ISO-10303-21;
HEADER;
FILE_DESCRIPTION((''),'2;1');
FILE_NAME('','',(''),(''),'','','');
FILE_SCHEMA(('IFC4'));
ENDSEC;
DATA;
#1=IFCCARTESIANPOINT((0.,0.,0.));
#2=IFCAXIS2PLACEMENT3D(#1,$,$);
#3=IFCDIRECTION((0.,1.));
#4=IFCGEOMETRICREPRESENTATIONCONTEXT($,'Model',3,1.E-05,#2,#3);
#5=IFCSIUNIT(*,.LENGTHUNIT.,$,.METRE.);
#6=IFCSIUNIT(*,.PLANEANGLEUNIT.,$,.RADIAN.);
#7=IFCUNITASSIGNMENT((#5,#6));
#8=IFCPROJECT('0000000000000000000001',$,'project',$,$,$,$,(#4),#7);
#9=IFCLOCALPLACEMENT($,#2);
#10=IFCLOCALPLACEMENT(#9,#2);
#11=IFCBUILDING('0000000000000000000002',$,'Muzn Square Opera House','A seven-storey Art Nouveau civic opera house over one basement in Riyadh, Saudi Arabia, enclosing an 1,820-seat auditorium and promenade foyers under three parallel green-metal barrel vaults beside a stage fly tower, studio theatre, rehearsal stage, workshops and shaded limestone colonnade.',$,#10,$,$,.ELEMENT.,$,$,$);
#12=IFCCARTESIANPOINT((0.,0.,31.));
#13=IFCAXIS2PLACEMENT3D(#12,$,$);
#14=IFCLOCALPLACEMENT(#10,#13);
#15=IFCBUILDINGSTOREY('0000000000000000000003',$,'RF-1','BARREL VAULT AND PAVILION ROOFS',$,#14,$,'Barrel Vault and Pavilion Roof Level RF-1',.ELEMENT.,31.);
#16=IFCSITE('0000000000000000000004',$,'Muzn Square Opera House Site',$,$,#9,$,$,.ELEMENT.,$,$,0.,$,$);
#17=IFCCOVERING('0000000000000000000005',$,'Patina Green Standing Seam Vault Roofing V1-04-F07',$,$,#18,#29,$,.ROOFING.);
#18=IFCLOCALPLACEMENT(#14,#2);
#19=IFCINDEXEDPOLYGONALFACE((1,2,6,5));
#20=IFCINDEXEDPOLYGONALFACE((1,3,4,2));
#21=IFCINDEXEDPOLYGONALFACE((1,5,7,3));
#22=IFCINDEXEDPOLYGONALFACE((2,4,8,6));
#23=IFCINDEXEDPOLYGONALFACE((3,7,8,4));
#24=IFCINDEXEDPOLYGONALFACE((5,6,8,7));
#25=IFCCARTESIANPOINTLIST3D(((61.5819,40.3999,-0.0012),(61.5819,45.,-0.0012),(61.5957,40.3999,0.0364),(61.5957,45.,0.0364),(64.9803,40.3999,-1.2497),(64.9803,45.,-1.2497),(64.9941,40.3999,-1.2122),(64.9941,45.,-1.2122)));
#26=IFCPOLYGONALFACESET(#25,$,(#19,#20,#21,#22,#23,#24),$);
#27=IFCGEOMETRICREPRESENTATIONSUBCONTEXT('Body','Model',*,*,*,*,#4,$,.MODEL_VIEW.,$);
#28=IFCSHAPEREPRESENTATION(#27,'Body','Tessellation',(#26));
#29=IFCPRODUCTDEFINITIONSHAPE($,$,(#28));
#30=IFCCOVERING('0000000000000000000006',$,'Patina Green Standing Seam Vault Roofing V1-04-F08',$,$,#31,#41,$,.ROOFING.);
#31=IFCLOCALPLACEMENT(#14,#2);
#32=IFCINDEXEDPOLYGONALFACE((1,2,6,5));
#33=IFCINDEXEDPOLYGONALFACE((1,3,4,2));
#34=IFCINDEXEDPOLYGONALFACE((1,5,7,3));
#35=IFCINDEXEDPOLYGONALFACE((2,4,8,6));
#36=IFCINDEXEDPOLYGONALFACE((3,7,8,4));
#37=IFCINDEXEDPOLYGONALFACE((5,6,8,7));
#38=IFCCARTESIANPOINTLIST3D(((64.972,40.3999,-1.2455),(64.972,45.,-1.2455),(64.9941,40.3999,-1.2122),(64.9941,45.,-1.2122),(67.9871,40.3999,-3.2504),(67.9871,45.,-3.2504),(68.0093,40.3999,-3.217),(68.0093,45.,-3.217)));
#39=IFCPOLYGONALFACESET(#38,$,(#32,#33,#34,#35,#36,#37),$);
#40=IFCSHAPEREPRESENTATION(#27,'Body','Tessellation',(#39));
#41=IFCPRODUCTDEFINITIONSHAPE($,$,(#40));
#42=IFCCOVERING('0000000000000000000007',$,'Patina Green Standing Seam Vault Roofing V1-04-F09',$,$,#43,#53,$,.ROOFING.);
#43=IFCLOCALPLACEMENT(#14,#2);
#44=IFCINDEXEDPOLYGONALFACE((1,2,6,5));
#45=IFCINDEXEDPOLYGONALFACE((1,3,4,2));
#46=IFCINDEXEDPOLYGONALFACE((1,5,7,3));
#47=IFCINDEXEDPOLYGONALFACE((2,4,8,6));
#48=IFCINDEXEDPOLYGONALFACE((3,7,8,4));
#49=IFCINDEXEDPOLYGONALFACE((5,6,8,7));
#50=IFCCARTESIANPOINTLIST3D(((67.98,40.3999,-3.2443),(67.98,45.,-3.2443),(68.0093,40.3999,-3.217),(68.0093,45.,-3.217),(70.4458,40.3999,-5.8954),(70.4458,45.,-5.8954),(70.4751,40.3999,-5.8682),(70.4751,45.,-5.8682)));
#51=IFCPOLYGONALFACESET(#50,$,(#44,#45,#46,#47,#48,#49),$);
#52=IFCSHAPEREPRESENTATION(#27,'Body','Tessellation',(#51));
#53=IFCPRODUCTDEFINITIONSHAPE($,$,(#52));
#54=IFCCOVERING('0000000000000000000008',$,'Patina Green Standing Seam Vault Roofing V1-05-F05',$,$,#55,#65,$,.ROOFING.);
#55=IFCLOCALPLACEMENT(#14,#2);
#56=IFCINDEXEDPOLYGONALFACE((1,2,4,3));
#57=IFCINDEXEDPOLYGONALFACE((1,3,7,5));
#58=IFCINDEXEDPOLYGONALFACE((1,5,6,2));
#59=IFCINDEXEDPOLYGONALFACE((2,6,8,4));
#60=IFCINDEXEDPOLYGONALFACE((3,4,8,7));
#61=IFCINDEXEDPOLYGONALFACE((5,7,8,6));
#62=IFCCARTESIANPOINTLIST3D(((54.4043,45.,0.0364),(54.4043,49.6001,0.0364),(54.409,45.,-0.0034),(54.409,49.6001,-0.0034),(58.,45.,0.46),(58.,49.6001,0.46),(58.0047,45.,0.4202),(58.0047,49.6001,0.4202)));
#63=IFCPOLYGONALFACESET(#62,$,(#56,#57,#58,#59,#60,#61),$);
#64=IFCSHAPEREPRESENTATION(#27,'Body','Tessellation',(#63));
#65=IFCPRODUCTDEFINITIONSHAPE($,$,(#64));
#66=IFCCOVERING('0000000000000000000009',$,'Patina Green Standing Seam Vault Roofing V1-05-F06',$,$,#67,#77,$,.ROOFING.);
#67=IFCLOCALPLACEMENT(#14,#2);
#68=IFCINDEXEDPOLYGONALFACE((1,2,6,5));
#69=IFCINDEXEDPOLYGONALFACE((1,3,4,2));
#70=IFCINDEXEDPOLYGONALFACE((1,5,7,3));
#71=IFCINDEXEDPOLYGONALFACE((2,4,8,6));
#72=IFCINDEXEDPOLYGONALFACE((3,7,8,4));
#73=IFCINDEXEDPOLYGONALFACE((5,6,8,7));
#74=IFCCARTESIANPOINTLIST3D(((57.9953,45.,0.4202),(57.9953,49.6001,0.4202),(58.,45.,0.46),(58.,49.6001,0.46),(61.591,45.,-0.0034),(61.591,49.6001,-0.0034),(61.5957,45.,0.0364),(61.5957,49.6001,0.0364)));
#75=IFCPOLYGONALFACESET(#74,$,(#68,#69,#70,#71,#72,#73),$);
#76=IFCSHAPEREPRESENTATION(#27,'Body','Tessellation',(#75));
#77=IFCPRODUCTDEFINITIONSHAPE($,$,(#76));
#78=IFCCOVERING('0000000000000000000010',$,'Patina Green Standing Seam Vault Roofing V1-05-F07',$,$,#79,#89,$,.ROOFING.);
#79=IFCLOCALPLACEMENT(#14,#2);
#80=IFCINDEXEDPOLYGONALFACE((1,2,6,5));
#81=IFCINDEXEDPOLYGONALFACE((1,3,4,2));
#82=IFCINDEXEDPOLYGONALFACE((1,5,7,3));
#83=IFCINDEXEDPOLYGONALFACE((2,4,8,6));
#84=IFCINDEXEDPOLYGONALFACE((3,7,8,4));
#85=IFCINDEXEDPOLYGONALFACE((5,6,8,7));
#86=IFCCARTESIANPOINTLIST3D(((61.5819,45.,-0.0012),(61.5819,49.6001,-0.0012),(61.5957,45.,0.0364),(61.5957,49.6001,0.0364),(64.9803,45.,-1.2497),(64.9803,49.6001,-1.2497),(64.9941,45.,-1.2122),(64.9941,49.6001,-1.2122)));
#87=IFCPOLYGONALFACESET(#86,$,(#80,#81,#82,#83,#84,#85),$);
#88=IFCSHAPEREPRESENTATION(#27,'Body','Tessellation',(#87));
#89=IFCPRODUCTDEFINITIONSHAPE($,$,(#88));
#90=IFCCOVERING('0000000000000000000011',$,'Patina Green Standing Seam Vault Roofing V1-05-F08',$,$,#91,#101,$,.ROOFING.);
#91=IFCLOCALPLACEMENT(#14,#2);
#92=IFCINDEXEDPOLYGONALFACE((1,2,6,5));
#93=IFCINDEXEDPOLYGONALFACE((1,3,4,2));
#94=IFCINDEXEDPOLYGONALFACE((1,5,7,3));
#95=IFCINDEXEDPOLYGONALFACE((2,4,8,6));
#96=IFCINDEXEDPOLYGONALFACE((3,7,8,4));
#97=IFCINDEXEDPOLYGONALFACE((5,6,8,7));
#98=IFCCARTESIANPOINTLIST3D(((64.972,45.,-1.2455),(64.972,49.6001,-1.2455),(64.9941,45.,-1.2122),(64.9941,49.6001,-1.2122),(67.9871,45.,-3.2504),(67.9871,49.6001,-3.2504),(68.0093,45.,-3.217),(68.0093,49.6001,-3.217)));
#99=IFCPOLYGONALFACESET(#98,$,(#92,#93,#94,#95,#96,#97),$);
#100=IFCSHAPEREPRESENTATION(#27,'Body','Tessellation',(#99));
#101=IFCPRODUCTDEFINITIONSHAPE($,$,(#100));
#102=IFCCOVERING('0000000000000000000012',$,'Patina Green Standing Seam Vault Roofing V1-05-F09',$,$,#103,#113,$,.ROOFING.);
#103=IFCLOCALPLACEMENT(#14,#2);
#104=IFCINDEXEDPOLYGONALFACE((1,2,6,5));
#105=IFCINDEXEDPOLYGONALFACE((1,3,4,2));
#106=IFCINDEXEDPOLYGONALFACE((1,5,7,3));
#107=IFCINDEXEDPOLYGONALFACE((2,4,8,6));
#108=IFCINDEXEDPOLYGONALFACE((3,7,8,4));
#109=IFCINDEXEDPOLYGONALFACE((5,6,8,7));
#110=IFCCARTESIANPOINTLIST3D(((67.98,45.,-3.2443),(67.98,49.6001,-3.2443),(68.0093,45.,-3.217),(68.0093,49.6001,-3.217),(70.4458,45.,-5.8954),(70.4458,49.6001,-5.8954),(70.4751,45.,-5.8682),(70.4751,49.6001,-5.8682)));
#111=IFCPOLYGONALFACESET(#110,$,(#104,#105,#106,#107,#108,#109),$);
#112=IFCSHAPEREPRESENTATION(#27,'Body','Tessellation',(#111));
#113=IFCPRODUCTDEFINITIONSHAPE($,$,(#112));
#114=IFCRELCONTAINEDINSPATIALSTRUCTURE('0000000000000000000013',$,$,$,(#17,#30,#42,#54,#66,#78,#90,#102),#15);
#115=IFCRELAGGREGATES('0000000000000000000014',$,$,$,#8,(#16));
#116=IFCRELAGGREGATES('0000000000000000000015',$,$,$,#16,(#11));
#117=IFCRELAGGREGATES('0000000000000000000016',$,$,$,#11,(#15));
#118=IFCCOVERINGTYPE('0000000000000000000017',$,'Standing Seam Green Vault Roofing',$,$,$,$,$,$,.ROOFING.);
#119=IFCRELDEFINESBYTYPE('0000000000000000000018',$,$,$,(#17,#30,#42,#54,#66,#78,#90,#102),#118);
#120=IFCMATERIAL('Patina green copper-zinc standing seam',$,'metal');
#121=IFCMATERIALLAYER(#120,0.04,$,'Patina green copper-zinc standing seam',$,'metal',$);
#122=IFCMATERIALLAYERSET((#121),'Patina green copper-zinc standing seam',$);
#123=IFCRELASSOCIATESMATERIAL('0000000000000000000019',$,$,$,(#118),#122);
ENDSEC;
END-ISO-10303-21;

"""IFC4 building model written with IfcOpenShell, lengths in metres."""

from ifc_helpers import new_model, si_unit, direction, frame, origin, place, context, subcontext, project, spatial, polyline, outline, extrude, material, layer, layer_set, type_object, element, save


model = new_model("IFC4")

# Units and contexts
model_context = context("Model", 3, precision=1e-05, world=origin(), true_north=direction((0.0, 1.0)))
body_context = subcontext(model_context, "Body", "Model", "MODEL_VIEW")
ifc_project = project(units=[si_unit("LENGTHUNIT", "METRE"), si_unit("PLANEANGLEUNIT", "RADIAN")], contexts=[model_context])

# Site, building, storey
site_placement = place(None, origin())
site = spatial("IfcSite", under=ifc_project, at=site_placement, Name="Muzn Square Opera House Site", CompositionType="ELEMENT", RefElevation=0.0)
building_placement = place(site_placement, origin())
building = spatial("IfcBuilding", under=site, at=building_placement, Name="Muzn Square Opera House", Description="A seven-storey Art Nouveau civic opera house over one basement in Riyadh, Saudi Arabia, enclosing an 1,820-seat auditorium and promenade foyers under three parallel green-metal barrel vaults beside a stage fly tower, studio theatre, rehearsal stage, workshops and shaded limestone colonnade.", CompositionType="ELEMENT")
storey_placement = place(building_placement, frame((0.0, 0.0, 31.0)))
storey = spatial("IfcBuildingStorey", under=building, at=storey_placement, Name="RF-1", Description="BARREL VAULT AND PAVILION ROOFS", LongName="Barrel Vault and Pavilion Roof Level RF-1", CompositionType="ELEMENT", Elevation=31.0)

# Shared definitions
ifc_material_1 = material(Name="Patina green copper-zinc standing seam", Category="metal")

# Coverings
ifc_layer_1 = layer(ifc_material_1, 0.04, Name="Patina green copper-zinc standing seam", Category="metal")
ifc_layer_set_1 = layer_set([ifc_layer_1], Name="Patina green copper-zinc standing seam")
covering_type = type_object("IfcCoveringType", Name="Standing Seam Green Vault Roofing", PredefinedType="ROOFING", material=ifc_layer_set_1)
covering_1_placement = place(storey_placement, frame((61.5957, 40.3999, 0.0364), z_axis=(0.344849, 0.0, 0.938658), x_axis=(0.938658, 0.0, -0.344849)))
element("IfcCovering", 1, at=covering_1_placement, inside=storey, type_object=covering_type, Name="Patina Green Standing Seam Vault Roofing V1-04-F07", PredefinedType="ROOFING", context=body_context, shape_type="SweptSolid", body=[
    extrude(outline(polyline([(0.0, 0.0), (3.6205, 0.0), (3.6205, 4.6001), (0.0, 4.6001), (0.0, 0.0)])), origin(), (0.0, 0.0, -1.0), 0.04),
])
covering_2_placement = place(storey_placement, frame((64.9941, 40.3999, -1.2122), z_axis=(0.553704, 0.0, 0.832714), x_axis=(0.832714, 0.0, -0.553704)))
element("IfcCovering", 2, at=covering_2_placement, inside=storey, type_object=covering_type, Name="Patina Green Standing Seam Vault Roofing V1-04-F08", PredefinedType="ROOFING", context=body_context, shape_type="SweptSolid", body=[
    extrude(outline(polyline([(0.0, 0.0), (3.6209, 0.0), (3.6209, 4.6001), (0.0, 4.6001), (0.0, 0.0)])), origin(), (0.0, 0.0, -1.0), 0.04),
])
covering_3_placement = place(storey_placement, frame((68.0093, 40.3999, -3.217), z_axis=(0.732234, 0.0, 0.681053), x_axis=(0.681053, 0.0, -0.732234)))
element("IfcCovering", 3, at=covering_3_placement, inside=storey, type_object=covering_type, Name="Patina Green Standing Seam Vault Roofing V1-04-F09", PredefinedType="ROOFING", context=body_context, shape_type="SweptSolid", body=[
    extrude(outline(polyline([(0.0, 0.0), (3.6206, 0.0), (3.6206, 4.6001), (0.0, 4.6001), (0.0, 0.0)])), origin(), (0.0, 0.0, -1.0), 0.04),
])
covering_4_placement = place(storey_placement, frame((58.0, 45.0, 0.46), z_axis=(-0.116994, 0.0, 0.993133), x_axis=(0.0, 1.0, 0.0)))
element("IfcCovering", 4, at=covering_4_placement, inside=storey, type_object=covering_type, Name="Patina Green Standing Seam Vault Roofing V1-05-F05", PredefinedType="ROOFING", context=body_context, shape_type="SweptSolid", body=[
    extrude(outline(polyline([(0.0, 3.6206), (0.0, 0.0), (4.6001, 0.0), (4.6001, 3.6206), (0.0, 3.6206)])), origin(), (0.0, 0.0, -1.0), 0.04),
])
covering_5_placement = place(storey_placement, frame((58.0, 45.0, 0.46), z_axis=(0.116994, 0.0, 0.993133), x_axis=(0.993133, 0.0, -0.116994)))
element("IfcCovering", 5, at=covering_5_placement, inside=storey, type_object=covering_type, Name="Patina Green Standing Seam Vault Roofing V1-05-F06", PredefinedType="ROOFING", context=body_context, shape_type="SweptSolid", body=[
    extrude(outline(polyline([(0.0, 0.0), (3.6206, 0.0), (3.6206, 4.6001), (0.0, 4.6001), (0.0, 0.0)])), origin(), (0.0, 0.0, -1.0), 0.04),
])
covering_6_placement = place(storey_placement, frame((61.5957, 45.0, 0.0364), z_axis=(0.344849, 0.0, 0.938658), x_axis=(0.938658, 0.0, -0.344849)))
element("IfcCovering", 6, at=covering_6_placement, inside=storey, type_object=covering_type, Name="Patina Green Standing Seam Vault Roofing V1-05-F07", PredefinedType="ROOFING", context=body_context, shape_type="SweptSolid", body=[
    extrude(outline(polyline([(0.0, 0.0), (3.6205, 0.0), (3.6205, 4.6001), (0.0, 4.6001), (0.0, 0.0)])), origin(), (0.0, 0.0, -1.0), 0.04),
])
covering_7_placement = place(storey_placement, frame((64.9941, 45.0, -1.2122), z_axis=(0.553704, 0.0, 0.832714), x_axis=(0.832714, 0.0, -0.553704)))
element("IfcCovering", 7, at=covering_7_placement, inside=storey, type_object=covering_type, Name="Patina Green Standing Seam Vault Roofing V1-05-F08", PredefinedType="ROOFING", context=body_context, shape_type="SweptSolid", body=[
    extrude(outline(polyline([(0.0, 0.0), (3.6209, 0.0), (3.6209, 4.6001), (0.0, 4.6001), (0.0, 0.0)])), origin(), (0.0, 0.0, -1.0), 0.04),
])
covering_8_placement = place(storey_placement, frame((68.0093, 45.0, -3.217), z_axis=(0.732234, 0.0, 0.681053), x_axis=(0.681053, 0.0, -0.732234)))
element("IfcCovering", 8, at=covering_8_placement, inside=storey, type_object=covering_type, Name="Patina Green Standing Seam Vault Roofing V1-05-F09", PredefinedType="ROOFING", context=body_context, shape_type="SweptSolid", body=[
    extrude(outline(polyline([(0.0, 0.0), (3.6206, 0.0), (3.6206, 4.6001), (0.0, 4.6001), (0.0, 0.0)])), origin(), (0.0, 0.0, -1.0), 0.04),
])

save(model, "model.ifc")
